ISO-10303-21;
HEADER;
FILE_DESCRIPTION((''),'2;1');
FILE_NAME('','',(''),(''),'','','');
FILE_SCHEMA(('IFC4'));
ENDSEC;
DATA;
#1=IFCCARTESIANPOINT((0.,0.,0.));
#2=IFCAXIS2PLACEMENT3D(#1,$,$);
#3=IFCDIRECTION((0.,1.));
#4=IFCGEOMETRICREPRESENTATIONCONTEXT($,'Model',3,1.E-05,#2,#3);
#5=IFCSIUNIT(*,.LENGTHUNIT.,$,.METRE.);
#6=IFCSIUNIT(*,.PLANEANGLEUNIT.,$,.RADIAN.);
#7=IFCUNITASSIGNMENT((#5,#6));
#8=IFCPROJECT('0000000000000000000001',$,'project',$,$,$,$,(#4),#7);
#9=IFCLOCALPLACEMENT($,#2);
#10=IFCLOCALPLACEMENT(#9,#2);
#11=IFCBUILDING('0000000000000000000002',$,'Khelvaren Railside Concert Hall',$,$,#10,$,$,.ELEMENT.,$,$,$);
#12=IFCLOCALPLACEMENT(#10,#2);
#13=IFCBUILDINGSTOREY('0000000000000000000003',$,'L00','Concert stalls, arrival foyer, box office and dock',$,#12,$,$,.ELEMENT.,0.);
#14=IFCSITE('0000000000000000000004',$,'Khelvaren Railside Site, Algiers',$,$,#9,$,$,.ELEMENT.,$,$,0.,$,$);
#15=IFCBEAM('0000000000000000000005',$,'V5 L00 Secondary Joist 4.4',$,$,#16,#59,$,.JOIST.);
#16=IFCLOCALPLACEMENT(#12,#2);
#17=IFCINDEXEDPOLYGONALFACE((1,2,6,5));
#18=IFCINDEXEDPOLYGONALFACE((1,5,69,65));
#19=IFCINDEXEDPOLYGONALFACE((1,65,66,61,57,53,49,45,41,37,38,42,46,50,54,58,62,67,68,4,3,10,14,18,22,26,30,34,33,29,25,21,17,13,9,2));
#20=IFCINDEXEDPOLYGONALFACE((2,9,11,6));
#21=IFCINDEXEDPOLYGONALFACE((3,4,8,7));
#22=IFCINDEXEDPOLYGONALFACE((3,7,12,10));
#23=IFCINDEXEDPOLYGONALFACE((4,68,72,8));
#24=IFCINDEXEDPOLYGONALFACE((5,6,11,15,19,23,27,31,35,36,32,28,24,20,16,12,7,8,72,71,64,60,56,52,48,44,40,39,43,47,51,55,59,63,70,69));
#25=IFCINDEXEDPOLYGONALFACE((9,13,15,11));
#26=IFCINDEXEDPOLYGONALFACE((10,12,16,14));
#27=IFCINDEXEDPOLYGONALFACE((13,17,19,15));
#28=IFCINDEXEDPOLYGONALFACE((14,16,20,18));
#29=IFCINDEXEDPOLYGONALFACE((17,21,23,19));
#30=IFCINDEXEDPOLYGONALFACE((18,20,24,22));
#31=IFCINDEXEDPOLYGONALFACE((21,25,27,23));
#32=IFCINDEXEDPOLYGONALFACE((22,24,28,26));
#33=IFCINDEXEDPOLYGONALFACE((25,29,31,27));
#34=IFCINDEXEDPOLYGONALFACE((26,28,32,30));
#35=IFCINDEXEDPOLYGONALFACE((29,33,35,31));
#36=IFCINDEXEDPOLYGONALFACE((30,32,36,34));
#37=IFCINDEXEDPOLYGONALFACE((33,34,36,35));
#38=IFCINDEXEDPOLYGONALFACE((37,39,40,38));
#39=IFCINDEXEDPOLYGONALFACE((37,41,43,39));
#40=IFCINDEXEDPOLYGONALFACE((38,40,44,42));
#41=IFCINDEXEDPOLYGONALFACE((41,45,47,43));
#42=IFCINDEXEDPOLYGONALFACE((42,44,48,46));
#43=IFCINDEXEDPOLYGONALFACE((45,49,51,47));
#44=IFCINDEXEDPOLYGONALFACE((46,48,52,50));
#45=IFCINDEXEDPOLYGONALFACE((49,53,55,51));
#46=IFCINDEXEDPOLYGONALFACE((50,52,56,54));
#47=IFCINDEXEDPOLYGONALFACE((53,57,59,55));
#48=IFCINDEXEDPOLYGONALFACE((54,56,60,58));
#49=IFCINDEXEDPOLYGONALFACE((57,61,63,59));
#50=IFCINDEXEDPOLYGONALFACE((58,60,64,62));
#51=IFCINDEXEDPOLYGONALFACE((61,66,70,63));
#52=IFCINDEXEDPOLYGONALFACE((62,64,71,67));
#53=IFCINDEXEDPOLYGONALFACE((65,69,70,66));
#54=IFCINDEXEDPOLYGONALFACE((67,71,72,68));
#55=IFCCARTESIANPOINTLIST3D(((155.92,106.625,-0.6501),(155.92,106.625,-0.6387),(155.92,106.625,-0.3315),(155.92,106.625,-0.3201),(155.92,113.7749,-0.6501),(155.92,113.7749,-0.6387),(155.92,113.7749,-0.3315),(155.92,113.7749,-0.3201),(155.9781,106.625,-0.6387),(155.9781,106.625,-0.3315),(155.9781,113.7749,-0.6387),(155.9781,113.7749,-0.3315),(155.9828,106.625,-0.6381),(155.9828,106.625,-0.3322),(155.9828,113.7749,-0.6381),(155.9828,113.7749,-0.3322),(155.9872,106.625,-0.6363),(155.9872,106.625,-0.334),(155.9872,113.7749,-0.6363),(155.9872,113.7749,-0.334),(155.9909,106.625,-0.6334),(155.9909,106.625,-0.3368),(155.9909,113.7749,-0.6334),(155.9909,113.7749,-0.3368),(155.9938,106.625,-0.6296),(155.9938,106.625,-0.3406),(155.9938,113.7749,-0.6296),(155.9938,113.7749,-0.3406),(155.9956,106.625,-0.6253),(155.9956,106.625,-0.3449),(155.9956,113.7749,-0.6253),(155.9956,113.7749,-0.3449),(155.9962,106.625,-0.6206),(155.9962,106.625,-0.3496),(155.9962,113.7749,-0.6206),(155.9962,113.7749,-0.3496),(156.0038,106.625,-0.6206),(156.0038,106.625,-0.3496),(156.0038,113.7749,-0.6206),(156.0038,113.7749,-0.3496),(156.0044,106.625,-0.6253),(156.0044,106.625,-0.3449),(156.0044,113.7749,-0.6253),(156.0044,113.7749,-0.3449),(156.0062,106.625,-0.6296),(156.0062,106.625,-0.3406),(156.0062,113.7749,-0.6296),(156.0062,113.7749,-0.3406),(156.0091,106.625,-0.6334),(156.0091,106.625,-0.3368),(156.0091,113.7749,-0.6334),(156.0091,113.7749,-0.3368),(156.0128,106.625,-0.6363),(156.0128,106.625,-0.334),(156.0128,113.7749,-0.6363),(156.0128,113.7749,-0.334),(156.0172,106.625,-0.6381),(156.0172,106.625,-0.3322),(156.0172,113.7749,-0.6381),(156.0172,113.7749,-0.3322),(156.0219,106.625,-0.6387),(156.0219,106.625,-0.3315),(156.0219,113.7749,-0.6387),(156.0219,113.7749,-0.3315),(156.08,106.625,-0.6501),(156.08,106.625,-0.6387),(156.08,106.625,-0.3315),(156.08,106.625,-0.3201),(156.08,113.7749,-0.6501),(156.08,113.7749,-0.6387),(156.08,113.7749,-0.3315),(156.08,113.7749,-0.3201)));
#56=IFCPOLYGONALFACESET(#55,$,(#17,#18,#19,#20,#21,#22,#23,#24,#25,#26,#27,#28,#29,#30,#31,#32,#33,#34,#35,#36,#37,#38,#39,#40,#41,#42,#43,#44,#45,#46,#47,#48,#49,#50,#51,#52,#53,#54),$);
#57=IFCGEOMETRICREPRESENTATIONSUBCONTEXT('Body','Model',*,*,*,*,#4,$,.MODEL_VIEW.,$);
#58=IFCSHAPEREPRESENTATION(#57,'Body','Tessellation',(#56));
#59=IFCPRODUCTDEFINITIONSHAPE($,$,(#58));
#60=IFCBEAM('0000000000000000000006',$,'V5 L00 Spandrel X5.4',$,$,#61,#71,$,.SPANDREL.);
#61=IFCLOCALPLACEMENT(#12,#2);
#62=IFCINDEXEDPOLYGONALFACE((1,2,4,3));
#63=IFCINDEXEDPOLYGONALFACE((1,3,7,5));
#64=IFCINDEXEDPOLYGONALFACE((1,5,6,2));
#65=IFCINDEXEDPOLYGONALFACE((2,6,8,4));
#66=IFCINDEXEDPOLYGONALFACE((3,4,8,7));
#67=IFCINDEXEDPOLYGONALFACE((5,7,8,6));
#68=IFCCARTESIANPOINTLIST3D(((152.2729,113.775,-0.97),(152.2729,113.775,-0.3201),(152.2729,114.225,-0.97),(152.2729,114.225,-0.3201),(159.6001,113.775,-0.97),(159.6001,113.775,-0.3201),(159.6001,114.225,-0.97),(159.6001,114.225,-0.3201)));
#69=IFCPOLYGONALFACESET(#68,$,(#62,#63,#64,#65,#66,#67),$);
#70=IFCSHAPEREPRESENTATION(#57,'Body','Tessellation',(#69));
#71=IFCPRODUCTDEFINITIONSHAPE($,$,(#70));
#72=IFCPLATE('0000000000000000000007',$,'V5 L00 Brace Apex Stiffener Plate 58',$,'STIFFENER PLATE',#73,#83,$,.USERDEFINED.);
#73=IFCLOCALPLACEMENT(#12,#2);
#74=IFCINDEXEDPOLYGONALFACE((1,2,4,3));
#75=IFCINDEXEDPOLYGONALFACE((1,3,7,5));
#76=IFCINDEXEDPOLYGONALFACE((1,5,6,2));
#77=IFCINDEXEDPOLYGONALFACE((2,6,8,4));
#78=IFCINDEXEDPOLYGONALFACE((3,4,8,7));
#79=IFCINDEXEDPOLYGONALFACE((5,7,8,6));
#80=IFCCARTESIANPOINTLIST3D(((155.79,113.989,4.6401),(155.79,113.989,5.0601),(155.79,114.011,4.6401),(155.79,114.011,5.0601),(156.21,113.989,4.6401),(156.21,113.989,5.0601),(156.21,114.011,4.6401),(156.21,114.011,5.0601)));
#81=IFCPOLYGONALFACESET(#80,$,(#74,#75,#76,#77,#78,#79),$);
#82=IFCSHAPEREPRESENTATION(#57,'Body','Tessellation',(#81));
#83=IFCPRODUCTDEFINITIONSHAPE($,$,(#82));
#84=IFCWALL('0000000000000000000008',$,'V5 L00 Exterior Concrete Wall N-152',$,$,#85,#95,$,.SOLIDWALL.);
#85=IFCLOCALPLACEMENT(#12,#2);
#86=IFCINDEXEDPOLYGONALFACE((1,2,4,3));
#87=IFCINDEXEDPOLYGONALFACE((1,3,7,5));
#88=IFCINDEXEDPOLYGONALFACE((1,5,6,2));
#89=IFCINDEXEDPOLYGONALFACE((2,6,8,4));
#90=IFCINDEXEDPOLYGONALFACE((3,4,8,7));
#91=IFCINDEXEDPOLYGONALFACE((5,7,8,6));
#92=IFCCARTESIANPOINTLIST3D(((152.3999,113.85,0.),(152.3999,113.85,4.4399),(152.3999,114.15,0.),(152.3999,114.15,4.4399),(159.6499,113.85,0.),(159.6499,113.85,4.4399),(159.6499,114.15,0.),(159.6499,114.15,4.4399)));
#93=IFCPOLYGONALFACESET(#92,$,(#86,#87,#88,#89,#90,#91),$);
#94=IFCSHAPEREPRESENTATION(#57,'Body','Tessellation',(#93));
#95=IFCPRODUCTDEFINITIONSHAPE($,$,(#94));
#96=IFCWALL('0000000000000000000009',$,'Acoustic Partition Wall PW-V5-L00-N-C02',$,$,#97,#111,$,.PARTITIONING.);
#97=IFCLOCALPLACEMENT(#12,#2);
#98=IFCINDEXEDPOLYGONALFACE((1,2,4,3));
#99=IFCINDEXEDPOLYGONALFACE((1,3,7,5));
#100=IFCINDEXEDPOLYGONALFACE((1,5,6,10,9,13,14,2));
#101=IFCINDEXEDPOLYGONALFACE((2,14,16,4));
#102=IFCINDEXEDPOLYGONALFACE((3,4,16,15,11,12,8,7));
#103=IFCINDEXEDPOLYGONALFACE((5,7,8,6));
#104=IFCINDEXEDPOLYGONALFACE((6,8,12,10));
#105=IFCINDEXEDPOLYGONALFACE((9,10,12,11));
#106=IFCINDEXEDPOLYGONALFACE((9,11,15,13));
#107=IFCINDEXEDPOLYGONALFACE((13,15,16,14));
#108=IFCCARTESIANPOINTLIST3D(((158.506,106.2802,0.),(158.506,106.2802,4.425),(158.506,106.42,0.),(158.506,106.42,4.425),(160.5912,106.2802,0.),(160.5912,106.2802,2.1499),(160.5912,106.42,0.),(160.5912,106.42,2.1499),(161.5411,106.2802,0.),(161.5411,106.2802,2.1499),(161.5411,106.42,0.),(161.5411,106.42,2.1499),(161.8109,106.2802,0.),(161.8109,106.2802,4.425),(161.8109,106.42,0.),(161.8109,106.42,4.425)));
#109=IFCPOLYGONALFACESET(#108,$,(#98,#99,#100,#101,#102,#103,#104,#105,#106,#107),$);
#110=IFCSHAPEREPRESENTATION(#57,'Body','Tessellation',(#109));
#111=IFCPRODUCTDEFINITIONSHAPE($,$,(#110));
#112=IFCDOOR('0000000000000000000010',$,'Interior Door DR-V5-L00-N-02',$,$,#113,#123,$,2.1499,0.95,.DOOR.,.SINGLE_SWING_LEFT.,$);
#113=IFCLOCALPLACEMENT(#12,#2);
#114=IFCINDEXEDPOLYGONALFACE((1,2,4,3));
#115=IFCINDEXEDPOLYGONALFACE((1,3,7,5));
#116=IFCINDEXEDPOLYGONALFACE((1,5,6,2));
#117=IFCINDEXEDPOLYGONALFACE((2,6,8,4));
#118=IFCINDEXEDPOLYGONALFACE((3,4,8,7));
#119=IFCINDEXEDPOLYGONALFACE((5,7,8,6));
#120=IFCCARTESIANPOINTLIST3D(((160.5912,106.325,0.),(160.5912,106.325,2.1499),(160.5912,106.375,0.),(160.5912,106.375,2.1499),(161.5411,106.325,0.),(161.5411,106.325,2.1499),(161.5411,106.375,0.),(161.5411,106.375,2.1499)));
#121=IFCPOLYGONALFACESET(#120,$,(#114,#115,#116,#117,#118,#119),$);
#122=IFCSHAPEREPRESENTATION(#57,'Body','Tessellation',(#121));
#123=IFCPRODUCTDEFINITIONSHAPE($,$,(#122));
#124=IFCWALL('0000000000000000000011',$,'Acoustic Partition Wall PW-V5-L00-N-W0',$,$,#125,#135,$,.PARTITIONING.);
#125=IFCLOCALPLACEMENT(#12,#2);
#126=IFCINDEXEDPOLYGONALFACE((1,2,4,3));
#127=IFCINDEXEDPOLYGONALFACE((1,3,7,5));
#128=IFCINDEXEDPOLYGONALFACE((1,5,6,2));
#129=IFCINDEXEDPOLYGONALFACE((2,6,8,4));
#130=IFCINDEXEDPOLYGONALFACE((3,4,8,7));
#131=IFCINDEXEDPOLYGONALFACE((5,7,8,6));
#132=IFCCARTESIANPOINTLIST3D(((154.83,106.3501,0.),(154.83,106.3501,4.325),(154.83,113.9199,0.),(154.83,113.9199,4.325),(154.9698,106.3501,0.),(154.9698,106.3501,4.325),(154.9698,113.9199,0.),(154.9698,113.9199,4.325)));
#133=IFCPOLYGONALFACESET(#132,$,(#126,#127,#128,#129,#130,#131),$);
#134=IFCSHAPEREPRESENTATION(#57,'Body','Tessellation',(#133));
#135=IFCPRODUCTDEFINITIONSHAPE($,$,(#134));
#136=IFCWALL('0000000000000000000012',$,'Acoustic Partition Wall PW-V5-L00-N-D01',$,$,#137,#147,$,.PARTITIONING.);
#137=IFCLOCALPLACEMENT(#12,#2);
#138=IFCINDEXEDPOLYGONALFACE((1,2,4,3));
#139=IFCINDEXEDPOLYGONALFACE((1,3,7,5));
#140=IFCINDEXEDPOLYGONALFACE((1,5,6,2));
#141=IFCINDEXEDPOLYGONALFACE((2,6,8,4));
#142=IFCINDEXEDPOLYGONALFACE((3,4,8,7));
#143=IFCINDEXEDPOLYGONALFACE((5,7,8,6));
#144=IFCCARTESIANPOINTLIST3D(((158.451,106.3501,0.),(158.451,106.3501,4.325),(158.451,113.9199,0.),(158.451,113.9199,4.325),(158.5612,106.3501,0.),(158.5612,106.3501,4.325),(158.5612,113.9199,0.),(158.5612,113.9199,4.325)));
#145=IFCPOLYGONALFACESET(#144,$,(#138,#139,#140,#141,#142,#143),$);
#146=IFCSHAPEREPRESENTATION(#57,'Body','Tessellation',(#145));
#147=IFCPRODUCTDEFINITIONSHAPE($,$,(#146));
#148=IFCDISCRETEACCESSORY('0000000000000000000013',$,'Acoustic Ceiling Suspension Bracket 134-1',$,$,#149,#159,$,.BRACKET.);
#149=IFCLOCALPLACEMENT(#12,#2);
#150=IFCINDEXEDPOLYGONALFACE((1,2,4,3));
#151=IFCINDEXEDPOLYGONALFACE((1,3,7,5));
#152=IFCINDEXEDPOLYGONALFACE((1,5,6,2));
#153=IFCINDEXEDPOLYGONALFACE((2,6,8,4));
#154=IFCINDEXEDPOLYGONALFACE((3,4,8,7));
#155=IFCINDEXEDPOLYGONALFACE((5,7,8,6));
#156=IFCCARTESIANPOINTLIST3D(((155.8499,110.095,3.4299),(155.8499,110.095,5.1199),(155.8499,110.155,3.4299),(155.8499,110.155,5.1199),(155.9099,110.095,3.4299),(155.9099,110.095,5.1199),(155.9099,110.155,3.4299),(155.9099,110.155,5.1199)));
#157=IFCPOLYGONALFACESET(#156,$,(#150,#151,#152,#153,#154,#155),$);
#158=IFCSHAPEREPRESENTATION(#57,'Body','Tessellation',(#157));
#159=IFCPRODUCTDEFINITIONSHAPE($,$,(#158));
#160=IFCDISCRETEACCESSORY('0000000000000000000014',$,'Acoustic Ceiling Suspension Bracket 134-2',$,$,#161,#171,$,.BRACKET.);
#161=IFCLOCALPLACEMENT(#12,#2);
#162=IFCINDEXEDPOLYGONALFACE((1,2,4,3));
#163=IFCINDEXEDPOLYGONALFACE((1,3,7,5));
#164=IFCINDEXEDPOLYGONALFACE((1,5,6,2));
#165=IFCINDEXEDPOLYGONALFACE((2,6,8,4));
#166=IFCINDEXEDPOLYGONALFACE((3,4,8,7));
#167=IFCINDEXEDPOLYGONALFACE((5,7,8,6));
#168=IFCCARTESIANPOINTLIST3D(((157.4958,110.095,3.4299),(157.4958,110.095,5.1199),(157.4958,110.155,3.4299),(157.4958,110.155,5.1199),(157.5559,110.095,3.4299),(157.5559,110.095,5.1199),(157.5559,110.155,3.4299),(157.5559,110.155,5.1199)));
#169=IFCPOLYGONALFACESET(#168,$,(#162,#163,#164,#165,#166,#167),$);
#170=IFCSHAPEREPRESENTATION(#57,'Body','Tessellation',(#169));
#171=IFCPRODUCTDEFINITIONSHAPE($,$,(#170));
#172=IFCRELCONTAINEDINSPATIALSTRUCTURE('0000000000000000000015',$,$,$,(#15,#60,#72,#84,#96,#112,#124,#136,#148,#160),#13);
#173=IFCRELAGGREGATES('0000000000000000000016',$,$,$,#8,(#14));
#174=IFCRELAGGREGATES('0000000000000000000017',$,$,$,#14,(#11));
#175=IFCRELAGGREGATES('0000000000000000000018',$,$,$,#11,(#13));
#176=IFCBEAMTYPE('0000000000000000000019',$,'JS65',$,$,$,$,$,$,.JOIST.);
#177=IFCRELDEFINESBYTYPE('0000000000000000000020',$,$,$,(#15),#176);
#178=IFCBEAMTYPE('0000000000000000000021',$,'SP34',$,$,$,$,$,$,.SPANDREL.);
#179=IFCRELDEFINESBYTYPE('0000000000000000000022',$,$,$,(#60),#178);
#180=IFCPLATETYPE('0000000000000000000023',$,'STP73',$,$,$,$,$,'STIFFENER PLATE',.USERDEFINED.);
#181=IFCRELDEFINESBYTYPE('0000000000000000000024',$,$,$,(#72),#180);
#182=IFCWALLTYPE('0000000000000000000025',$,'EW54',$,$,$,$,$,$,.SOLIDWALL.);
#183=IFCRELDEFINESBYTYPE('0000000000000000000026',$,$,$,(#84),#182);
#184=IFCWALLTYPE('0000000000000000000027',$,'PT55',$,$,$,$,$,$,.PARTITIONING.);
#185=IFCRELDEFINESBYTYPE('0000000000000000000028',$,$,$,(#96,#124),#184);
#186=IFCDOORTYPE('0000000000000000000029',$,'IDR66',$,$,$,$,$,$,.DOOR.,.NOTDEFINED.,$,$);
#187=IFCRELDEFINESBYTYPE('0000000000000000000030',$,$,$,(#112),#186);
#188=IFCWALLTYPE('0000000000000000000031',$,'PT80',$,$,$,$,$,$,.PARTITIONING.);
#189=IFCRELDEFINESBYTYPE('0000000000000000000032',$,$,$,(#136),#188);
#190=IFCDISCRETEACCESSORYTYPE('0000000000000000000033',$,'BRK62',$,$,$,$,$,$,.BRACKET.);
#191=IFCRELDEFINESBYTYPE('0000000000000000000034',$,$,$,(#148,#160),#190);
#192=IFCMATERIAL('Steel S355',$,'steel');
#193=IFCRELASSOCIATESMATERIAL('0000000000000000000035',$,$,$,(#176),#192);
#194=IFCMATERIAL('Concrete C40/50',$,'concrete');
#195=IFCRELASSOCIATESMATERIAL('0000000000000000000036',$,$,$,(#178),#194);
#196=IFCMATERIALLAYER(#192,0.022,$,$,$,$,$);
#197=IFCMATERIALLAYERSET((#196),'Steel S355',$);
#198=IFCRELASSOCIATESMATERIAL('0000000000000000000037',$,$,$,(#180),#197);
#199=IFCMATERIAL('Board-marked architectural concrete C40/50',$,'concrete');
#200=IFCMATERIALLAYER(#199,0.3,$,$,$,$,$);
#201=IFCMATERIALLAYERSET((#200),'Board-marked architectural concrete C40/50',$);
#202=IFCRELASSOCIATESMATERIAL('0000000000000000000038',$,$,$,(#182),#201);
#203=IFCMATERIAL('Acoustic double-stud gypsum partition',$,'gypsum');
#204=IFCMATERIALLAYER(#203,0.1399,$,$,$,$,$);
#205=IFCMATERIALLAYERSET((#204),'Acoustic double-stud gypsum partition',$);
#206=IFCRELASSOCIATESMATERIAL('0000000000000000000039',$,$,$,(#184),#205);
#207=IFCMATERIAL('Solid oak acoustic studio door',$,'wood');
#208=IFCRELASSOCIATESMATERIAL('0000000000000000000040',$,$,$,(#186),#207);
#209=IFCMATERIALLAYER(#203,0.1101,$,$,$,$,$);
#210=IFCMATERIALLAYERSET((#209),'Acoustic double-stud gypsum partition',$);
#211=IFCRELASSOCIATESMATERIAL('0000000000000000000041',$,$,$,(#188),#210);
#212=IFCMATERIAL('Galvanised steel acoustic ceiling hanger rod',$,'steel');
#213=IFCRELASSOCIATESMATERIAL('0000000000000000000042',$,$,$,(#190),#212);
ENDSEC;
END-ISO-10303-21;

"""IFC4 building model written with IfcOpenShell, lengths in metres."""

from ifc_helpers import new_model, si_unit, direction, frame, frame_2d, origin, origin_2d, place, context, subcontext, project, spatial, rectangle, i_section, extrude, material, layer, layer_set, material_profile, profile_set, type_object, element, fill, save


model = new_model("IFC4")

# Units and contexts
model_context = context("Model", 3, precision=1e-05, world=origin(), true_north=direction((0.0, 1.0)))
body_context = subcontext(model_context, "Body", "Model", "MODEL_VIEW")
ifc_project = project(units=[si_unit("LENGTHUNIT", "METRE"), si_unit("PLANEANGLEUNIT", "RADIAN")], contexts=[model_context])

# Site, building, storey
site_placement = place(None, origin())
site = spatial("IfcSite", under=ifc_project, at=site_placement, Name="Khelvaren Railside Site, Algiers", CompositionType="ELEMENT", RefElevation=0.0)
building_placement = place(site_placement, origin())
building = spatial("IfcBuilding", under=site, at=building_placement, Name="Khelvaren Railside Concert Hall", CompositionType="ELEMENT")
storey_placement = place(building_placement, origin())
storey = spatial("IfcBuildingStorey", under=building, at=storey_placement, Name="L00", Description="Concert stalls, arrival foyer, box office and dock", CompositionType="ELEMENT", Elevation=0.0)

# Shared definitions
ifc_material_1 = material(Name="Steel S355", Category="steel")
ifc_material_2 = material(Name="Concrete C40/50", Category="concrete")

# Beams
ifc_material_profile_1 = material_profile(ifc_material_1, i_section(OverallWidth=0.1599, OverallDepth=0.3301, WebThickness=0.0076, FlangeThickness=0.0115, FilletRadius=0.0181, at=origin_2d()), Name="IPE 330")
ifc_profile_set_1 = profile_set([ifc_material_profile_1], Name="Steel S355")
beam_type_1 = type_object("IfcBeamType", Name="JS65", PredefinedType="JOIST", material=ifc_profile_set_1)
beam_1_placement = place(storey_placement, frame((156.0, 106.625, -0.4851), z_axis=(0.0, 1.0, 0.0), x_axis=(-1.0, 0.0, 0.0)))
element("IfcBeam", 1, at=beam_1_placement, inside=storey, type_object=beam_type_1, Name="V5 L00 Secondary Joist 4.4", PredefinedType="JOIST", context=body_context, shape_type="SweptSolid", body=[
    extrude(i_section(OverallWidth=0.1599, OverallDepth=0.3301, WebThickness=0.0076, FlangeThickness=0.0115, FilletRadius=0.0181, at=origin_2d()), origin(), (0.0, 0.0, 1.0), 7.1499),
])
ifc_material_profile_2 = material_profile(ifc_material_2, rectangle(XDim=0.45, YDim=0.6499, at=origin_2d()), Name="RCB 450x650")
ifc_profile_set_2 = profile_set([ifc_material_profile_2], Name="Concrete C40/50")
beam_type_2 = type_object("IfcBeamType", Name="SP34", PredefinedType="SPANDREL", material=ifc_profile_set_2)
beam_2_placement = place(storey_placement, frame((152.2729, 114.0, -0.645), z_axis=(1.0, 0.0, 0.0), x_axis=(0.0, 1.0, 0.0)))
element("IfcBeam", 2, at=beam_2_placement, inside=storey, type_object=beam_type_2, Name="V5 L00 Spandrel X5.4", PredefinedType="SPANDREL", context=body_context, shape_type="SweptSolid", body=[
    extrude(rectangle(XDim=0.45, YDim=0.6499, at=origin_2d()), origin(), (0.0, 0.0, 1.0), 7.3271),
])

# Plate
ifc_layer_1 = layer(ifc_material_1, 0.022)
ifc_layer_set_1 = layer_set([ifc_layer_1], Name="Steel S355")
plate_type = type_object("IfcPlateType", Name="STP73", ElementType="STIFFENER PLATE", PredefinedType="USERDEFINED", material=ifc_layer_set_1)
plate_placement = place(storey_placement, frame((156.0, 114.0, 4.6401), z_axis=(0.0, 0.0, 1.0), x_axis=(1.0, 0.0, 0.0)))
element("IfcPlate", 3, at=plate_placement, inside=storey, type_object=plate_type, Name="V5 L00 Brace Apex Stiffener Plate 58", ObjectType="STIFFENER PLATE", PredefinedType="USERDEFINED", context=body_context, shape_type="SweptSolid", body=[
    extrude(rectangle(XDim=0.4199, YDim=0.022, at=origin_2d()), origin(), (0.0, 0.0, 1.0), 0.4199),
])

# Wall
ifc_material_3 = material(Name="Board-marked architectural concrete C40/50", Category="concrete")
ifc_layer_2 = layer(ifc_material_3, 0.3)
ifc_layer_set_2 = layer_set([ifc_layer_2], Name="Board-marked architectural concrete C40/50")
wall_type_1 = type_object("IfcWallType", Name="EW54", PredefinedType="SOLIDWALL", material=ifc_layer_set_2)
wall_1_placement = place(storey_placement, frame((152.3999, 114.0, 0.0), z_axis=(0.0, 0.0, 1.0), x_axis=(1.0, 0.0, 0.0)))
element("IfcWall", 4, at=wall_1_placement, inside=storey, type_object=wall_type_1, Name="V5 L00 Exterior Concrete Wall N-152", PredefinedType="SOLIDWALL", context=body_context, shape_type="SweptSolid", body=[
    extrude(rectangle(XDim=7.25, YDim=0.3, at=frame_2d((3.625, 0.0))), origin(), (0.0, 0.0, 1.0), 4.4399),
])

# Wall, opening, door
ifc_material_4 = material(Name="Acoustic double-stud gypsum partition", Category="gypsum")
ifc_layer_3 = layer(ifc_material_4, 0.1399)
ifc_layer_set_3 = layer_set([ifc_layer_3], Name="Acoustic double-stud gypsum partition")
wall_type_2 = type_object("IfcWallType", Name="PT55", PredefinedType="PARTITIONING", material=ifc_layer_set_3)
wall_2_placement = place(storey_placement, frame((158.5061, 106.3501, 0.0), z_axis=(0.0, 0.0, 1.0), x_axis=(1.0, 0.0, 0.0)))
wall_2 = element("IfcWall", 5, at=wall_2_placement, inside=storey, type_object=wall_type_2, Name="Acoustic Partition Wall PW-V5-L00-N-C02", PredefinedType="PARTITIONING", context=body_context, shape_type="SweptSolid", body=[
    extrude(rectangle(XDim=3.3049, YDim=0.1399, at=frame_2d((1.6523, 0.0))), origin(), (0.0, 0.0, 1.0), 4.425),
])
opening_placement = place(wall_2_placement, frame((2.085, 0.0, 0.0)))
opening = element("IfcOpeningElement", 6, at=opening_placement, cuts=wall_2, PredefinedType="OPENING", context=body_context, shape_type="SweptSolid", body=[
    extrude(rectangle(XDim=0.95, YDim=2.1499, at=frame_2d((0.4751, 1.075))), frame((0.0, 0.0798, 0.0), z_axis=(0.0, -1.0, 0.0), x_axis=(1.0, 0.0, 0.0)), (0.0, 0.0, 1.0), 0.1599),
])
ifc_material_5 = material(Name="Solid oak acoustic studio door", Category="wood")
door_type = type_object("IfcDoorType", Name="IDR66", OperationType="NOTDEFINED", PredefinedType="DOOR", material=ifc_material_5)
door_placement = place(opening_placement, origin())
door = element("IfcDoor", 7, at=door_placement, inside=storey, type_object=door_type, Name="Interior Door DR-V5-L00-N-02", OperationType="SINGLE_SWING_LEFT", OverallHeight=2.1499, OverallWidth=0.95, PredefinedType="DOOR", context=body_context, shape_type="SweptSolid", body=[
    extrude(rectangle(XDim=0.95, YDim=2.1499, at=frame_2d((0.4751, 1.075))), frame((0.0, 0.0249, 0.0), z_axis=(0.0, -1.0, 0.0), x_axis=(1.0, 0.0, 0.0)), (0.0, 0.0, 1.0), 0.05),
])
fill(opening, door)

# Walls
wall_3_placement = place(storey_placement, frame((154.8999, 106.3501, 0.0), z_axis=(0.0, 0.0, 1.0), x_axis=(0.0, 1.0, 0.0)))
element("IfcWall", 8, at=wall_3_placement, inside=storey, type_object=wall_type_2, Name="Acoustic Partition Wall PW-V5-L00-N-W0", PredefinedType="PARTITIONING", context=body_context, shape_type="SweptSolid", body=[
    extrude(rectangle(XDim=7.5698, YDim=0.1399, at=frame_2d((3.7849, 0.0))), origin(), (0.0, 0.0, 1.0), 4.325),
])
ifc_layer_4 = layer(ifc_material_4, 0.1101)
ifc_layer_set_4 = layer_set([ifc_layer_4], Name="Acoustic double-stud gypsum partition")
wall_type_3 = type_object("IfcWallType", Name="PT80", PredefinedType="PARTITIONING", material=ifc_layer_set_4)
wall_4_placement = place(storey_placement, frame((158.5061, 106.3501, 0.0), z_axis=(0.0, 0.0, 1.0), x_axis=(0.0, 1.0, 0.0)))
element("IfcWall", 9, at=wall_4_placement, inside=storey, type_object=wall_type_3, Name="Acoustic Partition Wall PW-V5-L00-N-D01", PredefinedType="PARTITIONING", context=body_context, shape_type="SweptSolid", body=[
    extrude(rectangle(XDim=7.5698, YDim=0.1101, at=frame_2d((3.7849, 0.0))), origin(), (0.0, 0.0, 1.0), 4.325),
])

# Discrete accessories
ifc_material_6 = material(Name="Galvanised steel acoustic ceiling hanger rod", Category="steel")
discrete_accessory_type = type_object("IfcDiscreteAccessoryType", Name="BRK62", PredefinedType="BRACKET", material=ifc_material_6)
for number, where, z_axis, x_axis, name in (
    (10, (155.8799, 110.125, 3.4299), (0.0, 0.0, 1.0), (1.0, 0.0, 0.0), "Acoustic Ceiling Suspension Bracket 134-1"),
    (11, (157.5259, 110.125, 3.4299), (0.0, 0.0, 1.0), (1.0, 0.0, 0.0), "Acoustic Ceiling Suspension Bracket 134-2"),
):
    element("IfcDiscreteAccessory", number, at=place(storey_placement, frame(where, z_axis=z_axis, x_axis=x_axis)), inside=storey, type_object=discrete_accessory_type, Name=name, PredefinedType="BRACKET", context=body_context, shape_type="SweptSolid", body=[
        extrude(rectangle(XDim=0.0601, YDim=0.0601, at=origin_2d()), origin(), (0.0, 0.0, 1.0), 1.6899),
    ])

save(model, "model.ifc")
